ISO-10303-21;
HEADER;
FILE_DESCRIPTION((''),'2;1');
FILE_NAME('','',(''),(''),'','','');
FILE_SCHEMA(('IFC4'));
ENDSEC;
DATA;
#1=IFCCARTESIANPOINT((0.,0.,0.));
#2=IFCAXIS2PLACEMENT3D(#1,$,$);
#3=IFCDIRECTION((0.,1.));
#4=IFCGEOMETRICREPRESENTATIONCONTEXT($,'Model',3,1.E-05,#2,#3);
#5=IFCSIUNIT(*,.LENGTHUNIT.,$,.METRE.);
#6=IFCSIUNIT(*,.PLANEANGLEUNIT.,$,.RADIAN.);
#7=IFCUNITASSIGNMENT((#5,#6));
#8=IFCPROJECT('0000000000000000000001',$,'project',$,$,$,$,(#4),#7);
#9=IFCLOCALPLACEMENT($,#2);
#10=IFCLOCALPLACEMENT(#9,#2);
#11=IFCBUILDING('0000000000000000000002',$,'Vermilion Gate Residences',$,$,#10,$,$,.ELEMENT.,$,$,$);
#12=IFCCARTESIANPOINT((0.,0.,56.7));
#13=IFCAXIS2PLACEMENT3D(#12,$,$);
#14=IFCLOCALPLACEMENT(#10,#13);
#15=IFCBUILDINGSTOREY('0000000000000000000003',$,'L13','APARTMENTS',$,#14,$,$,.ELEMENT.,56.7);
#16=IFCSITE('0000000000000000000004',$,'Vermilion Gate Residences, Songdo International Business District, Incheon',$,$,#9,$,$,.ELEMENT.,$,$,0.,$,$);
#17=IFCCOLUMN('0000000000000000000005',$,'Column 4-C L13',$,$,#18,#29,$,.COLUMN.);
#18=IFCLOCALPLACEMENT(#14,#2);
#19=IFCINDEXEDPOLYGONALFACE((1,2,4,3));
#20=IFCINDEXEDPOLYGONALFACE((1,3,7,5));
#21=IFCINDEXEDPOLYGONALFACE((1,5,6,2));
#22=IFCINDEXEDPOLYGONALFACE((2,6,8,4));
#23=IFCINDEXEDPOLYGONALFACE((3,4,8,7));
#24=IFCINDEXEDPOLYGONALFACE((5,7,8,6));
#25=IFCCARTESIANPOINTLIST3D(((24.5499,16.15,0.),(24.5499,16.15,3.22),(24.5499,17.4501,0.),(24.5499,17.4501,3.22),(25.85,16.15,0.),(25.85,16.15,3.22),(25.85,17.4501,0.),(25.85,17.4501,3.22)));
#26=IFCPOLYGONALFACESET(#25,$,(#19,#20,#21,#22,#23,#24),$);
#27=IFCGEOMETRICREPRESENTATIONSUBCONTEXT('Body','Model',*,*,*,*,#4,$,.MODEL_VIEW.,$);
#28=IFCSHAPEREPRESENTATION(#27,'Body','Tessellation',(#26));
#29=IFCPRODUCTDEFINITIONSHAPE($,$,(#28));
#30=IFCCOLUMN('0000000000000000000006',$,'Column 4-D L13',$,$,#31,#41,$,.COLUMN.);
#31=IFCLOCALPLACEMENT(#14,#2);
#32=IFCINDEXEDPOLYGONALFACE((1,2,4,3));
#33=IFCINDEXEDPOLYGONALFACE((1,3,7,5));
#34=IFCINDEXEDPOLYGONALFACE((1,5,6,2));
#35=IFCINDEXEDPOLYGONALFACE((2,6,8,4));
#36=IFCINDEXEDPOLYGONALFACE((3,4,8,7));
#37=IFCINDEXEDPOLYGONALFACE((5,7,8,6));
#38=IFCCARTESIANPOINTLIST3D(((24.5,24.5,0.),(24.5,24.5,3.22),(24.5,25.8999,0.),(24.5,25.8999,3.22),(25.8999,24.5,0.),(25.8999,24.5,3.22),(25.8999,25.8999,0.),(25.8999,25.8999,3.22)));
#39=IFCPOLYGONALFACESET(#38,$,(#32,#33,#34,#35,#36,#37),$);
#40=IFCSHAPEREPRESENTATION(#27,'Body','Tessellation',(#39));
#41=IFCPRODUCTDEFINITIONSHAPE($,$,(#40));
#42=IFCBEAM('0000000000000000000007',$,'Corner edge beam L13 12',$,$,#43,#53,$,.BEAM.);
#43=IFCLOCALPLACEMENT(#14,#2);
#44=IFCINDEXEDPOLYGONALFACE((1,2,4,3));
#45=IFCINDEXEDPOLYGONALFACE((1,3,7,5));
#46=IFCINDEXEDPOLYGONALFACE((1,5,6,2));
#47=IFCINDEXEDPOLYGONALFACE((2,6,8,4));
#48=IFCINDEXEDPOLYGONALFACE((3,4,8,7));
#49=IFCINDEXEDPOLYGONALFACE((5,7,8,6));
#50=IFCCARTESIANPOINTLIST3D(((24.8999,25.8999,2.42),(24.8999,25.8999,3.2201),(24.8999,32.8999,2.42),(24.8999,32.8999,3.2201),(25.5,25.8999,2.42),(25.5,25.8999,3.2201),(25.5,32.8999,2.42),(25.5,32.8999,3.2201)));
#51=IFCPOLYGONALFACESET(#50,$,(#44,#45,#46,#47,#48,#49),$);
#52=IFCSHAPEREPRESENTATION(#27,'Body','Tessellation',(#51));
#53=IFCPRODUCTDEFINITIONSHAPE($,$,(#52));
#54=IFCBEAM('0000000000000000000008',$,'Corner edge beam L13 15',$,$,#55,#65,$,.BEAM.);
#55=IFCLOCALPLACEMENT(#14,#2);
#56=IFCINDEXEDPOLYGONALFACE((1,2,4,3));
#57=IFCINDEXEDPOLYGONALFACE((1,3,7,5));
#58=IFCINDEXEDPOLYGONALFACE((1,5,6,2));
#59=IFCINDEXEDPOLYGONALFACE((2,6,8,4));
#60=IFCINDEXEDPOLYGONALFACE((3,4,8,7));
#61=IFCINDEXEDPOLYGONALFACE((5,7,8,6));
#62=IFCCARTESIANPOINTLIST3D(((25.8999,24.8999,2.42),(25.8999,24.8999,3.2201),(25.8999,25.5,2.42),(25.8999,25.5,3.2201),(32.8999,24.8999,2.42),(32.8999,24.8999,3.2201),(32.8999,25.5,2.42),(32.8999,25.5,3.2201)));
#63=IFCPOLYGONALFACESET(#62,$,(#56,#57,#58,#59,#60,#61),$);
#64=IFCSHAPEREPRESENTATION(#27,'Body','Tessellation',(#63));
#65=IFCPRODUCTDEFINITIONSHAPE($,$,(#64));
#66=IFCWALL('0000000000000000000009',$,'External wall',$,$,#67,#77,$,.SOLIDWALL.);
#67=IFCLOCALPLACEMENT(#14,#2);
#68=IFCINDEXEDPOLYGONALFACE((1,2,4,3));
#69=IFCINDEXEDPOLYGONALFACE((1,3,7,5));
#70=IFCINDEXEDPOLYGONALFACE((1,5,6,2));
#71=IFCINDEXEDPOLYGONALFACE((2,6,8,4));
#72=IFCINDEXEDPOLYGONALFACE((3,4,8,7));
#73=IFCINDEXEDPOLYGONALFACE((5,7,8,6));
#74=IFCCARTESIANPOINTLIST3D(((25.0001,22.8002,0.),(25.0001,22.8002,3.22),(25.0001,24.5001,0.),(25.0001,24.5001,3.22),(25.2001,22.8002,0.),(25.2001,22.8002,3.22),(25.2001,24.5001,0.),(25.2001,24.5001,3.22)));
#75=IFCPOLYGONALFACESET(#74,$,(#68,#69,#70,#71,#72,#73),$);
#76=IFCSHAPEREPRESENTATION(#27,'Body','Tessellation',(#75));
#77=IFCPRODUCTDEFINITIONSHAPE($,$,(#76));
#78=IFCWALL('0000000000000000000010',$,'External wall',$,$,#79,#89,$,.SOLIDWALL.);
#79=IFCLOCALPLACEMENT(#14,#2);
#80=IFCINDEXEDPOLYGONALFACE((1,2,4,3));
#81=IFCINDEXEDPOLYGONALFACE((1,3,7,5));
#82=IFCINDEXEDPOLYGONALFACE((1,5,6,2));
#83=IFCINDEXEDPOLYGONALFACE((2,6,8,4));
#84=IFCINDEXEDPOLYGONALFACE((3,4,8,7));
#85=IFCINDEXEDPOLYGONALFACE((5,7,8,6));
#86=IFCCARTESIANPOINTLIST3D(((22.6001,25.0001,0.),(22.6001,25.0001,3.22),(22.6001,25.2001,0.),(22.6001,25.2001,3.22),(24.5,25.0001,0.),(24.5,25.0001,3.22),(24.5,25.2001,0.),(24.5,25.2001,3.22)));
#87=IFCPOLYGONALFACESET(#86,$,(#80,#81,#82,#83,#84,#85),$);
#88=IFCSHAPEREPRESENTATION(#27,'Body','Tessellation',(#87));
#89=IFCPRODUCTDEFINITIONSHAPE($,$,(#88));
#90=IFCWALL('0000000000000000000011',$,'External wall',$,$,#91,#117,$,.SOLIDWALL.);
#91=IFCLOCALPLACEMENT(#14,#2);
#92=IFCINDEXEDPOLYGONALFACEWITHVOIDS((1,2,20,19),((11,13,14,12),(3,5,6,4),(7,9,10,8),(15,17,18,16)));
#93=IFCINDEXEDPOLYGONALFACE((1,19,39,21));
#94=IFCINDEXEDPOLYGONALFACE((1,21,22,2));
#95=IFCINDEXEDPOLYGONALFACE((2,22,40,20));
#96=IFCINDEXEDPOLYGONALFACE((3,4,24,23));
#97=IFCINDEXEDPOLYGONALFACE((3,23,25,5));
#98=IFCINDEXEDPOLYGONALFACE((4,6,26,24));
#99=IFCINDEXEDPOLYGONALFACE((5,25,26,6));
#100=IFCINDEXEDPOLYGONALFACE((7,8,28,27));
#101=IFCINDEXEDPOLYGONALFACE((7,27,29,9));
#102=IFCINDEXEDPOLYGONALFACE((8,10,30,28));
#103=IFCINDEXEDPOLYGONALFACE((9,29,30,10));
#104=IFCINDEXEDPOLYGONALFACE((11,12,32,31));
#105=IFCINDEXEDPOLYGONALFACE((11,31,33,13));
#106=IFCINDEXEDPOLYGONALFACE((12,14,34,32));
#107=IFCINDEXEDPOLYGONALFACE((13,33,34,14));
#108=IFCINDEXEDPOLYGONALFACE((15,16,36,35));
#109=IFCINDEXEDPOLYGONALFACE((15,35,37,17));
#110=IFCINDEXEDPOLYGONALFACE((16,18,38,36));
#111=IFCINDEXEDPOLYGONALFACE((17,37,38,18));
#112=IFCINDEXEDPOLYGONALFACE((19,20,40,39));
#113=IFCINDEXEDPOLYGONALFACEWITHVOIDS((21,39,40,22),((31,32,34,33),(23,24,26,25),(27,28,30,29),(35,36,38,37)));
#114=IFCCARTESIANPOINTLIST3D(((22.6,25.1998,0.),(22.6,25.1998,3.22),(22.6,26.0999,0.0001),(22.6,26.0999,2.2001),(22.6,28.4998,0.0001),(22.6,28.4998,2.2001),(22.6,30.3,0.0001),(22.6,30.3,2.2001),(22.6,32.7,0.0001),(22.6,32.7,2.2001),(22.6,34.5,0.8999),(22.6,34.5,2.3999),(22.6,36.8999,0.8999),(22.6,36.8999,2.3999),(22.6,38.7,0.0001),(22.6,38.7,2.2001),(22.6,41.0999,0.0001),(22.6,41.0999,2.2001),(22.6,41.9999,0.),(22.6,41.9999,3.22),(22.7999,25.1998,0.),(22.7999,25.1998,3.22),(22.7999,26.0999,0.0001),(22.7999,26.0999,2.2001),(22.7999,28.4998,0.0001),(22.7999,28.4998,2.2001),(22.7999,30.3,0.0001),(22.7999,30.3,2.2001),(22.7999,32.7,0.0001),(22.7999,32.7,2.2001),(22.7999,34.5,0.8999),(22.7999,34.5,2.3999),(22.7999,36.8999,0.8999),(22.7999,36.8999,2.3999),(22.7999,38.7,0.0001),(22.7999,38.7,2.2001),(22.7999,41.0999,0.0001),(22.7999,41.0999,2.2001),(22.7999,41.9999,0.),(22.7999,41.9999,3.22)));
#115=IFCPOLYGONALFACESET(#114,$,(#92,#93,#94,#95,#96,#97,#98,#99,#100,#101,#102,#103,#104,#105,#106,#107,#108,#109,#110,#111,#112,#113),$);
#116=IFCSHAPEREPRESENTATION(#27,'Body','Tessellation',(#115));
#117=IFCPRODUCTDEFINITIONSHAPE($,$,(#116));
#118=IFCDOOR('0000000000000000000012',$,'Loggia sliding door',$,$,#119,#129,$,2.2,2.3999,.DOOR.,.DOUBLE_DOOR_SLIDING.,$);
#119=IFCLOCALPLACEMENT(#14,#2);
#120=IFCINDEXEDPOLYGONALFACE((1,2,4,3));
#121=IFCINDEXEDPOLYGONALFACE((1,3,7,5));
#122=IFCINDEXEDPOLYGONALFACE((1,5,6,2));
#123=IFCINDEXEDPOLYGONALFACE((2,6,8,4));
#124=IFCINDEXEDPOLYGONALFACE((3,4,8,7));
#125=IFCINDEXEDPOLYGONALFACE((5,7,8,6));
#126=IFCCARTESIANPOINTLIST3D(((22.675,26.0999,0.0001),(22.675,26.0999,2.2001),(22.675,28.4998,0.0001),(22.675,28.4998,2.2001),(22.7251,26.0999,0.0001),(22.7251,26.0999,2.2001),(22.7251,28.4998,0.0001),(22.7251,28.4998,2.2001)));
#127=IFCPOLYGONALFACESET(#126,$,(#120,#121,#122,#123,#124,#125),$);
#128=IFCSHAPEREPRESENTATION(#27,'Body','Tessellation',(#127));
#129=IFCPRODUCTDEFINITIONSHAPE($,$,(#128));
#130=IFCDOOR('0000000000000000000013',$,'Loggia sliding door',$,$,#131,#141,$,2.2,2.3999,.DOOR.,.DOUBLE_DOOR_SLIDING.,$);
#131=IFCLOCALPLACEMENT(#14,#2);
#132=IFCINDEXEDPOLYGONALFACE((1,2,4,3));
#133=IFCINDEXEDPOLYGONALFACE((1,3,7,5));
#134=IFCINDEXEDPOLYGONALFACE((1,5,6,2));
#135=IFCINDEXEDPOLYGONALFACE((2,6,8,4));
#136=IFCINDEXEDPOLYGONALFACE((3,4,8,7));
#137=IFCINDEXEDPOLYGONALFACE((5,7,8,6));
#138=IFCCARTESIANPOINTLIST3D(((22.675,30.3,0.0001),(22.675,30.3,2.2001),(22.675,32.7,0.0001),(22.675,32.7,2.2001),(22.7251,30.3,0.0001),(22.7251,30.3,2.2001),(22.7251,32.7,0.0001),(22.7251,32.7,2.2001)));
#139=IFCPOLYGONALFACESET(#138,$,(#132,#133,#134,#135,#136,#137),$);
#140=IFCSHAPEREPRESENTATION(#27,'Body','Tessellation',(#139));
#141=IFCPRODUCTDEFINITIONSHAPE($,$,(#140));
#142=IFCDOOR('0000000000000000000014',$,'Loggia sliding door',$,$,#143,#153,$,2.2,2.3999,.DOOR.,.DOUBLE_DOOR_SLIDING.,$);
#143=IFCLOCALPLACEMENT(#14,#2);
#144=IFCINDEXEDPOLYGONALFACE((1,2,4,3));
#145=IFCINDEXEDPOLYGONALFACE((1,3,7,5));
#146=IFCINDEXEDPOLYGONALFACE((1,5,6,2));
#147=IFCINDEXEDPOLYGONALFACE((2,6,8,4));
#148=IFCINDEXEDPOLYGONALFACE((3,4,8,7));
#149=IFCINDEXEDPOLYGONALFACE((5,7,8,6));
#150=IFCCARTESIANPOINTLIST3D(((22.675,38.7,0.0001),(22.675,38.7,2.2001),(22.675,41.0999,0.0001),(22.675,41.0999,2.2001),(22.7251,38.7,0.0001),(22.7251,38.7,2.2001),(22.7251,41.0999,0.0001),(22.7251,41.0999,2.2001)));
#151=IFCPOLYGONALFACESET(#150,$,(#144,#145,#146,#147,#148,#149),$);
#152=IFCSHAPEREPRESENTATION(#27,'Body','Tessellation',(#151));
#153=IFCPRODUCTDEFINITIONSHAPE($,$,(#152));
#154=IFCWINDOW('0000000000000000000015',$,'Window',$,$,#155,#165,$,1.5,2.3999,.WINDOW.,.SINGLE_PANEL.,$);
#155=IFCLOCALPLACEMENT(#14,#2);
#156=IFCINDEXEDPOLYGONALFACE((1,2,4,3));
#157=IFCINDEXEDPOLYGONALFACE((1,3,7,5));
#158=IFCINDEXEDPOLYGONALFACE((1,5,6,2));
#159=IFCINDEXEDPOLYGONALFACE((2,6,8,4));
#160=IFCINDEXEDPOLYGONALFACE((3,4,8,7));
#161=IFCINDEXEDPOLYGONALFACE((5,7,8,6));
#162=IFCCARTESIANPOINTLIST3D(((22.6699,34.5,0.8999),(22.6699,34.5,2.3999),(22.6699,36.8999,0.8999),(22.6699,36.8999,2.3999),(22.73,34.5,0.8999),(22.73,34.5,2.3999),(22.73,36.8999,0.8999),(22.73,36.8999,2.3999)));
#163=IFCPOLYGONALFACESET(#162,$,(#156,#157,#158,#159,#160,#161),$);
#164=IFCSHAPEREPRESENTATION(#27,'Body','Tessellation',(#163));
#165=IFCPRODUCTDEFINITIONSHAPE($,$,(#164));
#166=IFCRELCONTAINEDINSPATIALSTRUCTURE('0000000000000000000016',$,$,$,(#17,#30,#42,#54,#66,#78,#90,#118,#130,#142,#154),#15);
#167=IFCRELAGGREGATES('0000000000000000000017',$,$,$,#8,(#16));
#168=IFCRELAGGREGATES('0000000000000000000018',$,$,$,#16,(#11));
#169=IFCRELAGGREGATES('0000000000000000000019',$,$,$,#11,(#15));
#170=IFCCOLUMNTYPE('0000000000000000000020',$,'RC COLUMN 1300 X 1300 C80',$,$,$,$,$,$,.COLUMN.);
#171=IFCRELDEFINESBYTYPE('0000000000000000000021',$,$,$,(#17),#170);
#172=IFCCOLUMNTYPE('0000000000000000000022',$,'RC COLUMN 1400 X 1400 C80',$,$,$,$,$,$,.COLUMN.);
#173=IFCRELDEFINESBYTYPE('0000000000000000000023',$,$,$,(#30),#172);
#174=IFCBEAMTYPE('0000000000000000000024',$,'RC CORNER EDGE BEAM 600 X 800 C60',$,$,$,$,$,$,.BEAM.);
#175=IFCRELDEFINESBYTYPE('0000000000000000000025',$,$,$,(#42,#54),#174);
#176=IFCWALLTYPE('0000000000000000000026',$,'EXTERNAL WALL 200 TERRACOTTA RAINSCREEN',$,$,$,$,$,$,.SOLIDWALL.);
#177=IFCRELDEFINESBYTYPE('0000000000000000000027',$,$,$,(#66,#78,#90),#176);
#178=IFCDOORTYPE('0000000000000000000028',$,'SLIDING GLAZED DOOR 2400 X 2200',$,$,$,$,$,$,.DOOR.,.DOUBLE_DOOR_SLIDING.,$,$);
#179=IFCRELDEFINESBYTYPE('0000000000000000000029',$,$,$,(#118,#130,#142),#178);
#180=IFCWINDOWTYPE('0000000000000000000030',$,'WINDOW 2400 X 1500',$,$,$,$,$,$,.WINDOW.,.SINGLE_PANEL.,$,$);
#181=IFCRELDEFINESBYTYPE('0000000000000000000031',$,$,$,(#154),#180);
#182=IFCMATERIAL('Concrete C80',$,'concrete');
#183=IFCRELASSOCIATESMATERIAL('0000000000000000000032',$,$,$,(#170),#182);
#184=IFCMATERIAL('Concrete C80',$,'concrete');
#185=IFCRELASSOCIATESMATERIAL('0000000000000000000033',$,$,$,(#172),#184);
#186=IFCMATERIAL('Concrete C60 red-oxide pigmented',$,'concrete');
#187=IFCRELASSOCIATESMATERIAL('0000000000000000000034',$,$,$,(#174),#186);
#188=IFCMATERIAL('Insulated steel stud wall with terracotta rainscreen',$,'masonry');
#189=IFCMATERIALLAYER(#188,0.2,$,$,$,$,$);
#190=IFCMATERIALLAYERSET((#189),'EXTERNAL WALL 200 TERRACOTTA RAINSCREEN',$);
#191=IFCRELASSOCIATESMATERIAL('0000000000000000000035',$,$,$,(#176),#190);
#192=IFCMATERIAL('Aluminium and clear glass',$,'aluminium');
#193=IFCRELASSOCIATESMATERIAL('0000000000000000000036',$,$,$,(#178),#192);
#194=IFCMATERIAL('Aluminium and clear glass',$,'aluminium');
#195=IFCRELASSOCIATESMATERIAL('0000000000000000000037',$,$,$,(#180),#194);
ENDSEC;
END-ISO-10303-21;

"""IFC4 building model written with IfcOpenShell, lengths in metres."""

from ifc_helpers import new_model, si_unit, direction, frame, frame_2d, origin, origin_2d, place, context, subcontext, project, spatial, rectangle, extrude, material, layer, layer_set, material_profile, profile_set, type_object, element, fill, save


model = new_model("IFC4")

# Units and contexts
model_context = context("Model", 3, precision=1e-05, world=origin(), true_north=direction((0.0, 1.0)))
body_context = subcontext(model_context, "Body", "Model", "MODEL_VIEW")
ifc_project = project(units=[si_unit("LENGTHUNIT", "METRE"), si_unit("PLANEANGLEUNIT", "RADIAN")], contexts=[model_context])

# Site, building, storey
site_placement = place(None, origin())
site = spatial("IfcSite", under=ifc_project, at=site_placement, Name="Vermilion Gate Residences, Songdo International Business District, Incheon", CompositionType="ELEMENT", RefElevation=0.0)
building_placement = place(site_placement, origin())
building = spatial("IfcBuilding", under=site, at=building_placement, Name="Vermilion Gate Residences", CompositionType="ELEMENT")
storey_placement = place(building_placement, frame((0.0, 0.0, 56.7)))
storey = spatial("IfcBuildingStorey", under=building, at=storey_placement, Name="L13", Description="APARTMENTS", CompositionType="ELEMENT", Elevation=56.7)

# Columns
ifc_material_1 = material(Name="Concrete C80", Category="concrete")
ifc_material_profile_1 = material_profile(ifc_material_1, rectangle(XDim=1.3, YDim=1.3, at=origin_2d()), Name="RC-1300x1300")
ifc_profile_set_1 = profile_set([ifc_material_profile_1], Name="Concrete C80")
column_type_1 = type_object("IfcColumnType", Name="RC COLUMN 1300 X 1300 C80", PredefinedType="COLUMN", material=ifc_profile_set_1)
column_1_placement = place(storey_placement, frame((25.2, 16.8, 0.0), z_axis=(0.0, 0.0, 1.0), x_axis=(1.0, 0.0, 0.0)))
element("IfcColumn", 1, at=column_1_placement, inside=storey, type_object=column_type_1, Name="Column 4-C L13", PredefinedType="COLUMN", context=body_context, shape_type="SweptSolid", body=[
    extrude(rectangle(XDim=1.3, YDim=1.3, at=origin_2d()), origin(), (0.0, 0.0, 1.0), 3.22),
])
ifc_material_2 = material(Name="Concrete C80", Category="concrete")
ifc_material_profile_2 = material_profile(ifc_material_2, rectangle(XDim=1.3999, YDim=1.3999, at=origin_2d()), Name="RC-1400x1400")
ifc_profile_set_2 = profile_set([ifc_material_profile_2], Name="Concrete C80")
column_type_2 = type_object("IfcColumnType", Name="RC COLUMN 1400 X 1400 C80", PredefinedType="COLUMN", material=ifc_profile_set_2)
column_2_placement = place(storey_placement, frame((25.2, 25.2, 0.0), z_axis=(0.0, 0.0, 1.0), x_axis=(1.0, 0.0, 0.0)))
element("IfcColumn", 2, at=column_2_placement, inside=storey, type_object=column_type_2, Name="Column 4-D L13", PredefinedType="COLUMN", context=body_context, shape_type="SweptSolid", body=[
    extrude(rectangle(XDim=1.3999, YDim=1.3999, at=origin_2d()), origin(), (0.0, 0.0, 1.0), 3.22),
])

# Beams
ifc_material_3 = material(Name="Concrete C60 red-oxide pigmented", Category="concrete")
ifc_material_profile_3 = material_profile(ifc_material_3, rectangle(XDim=0.6001, YDim=0.8, at=origin_2d()), Name="RC-600x800")
ifc_profile_set_3 = profile_set([ifc_material_profile_3], Name="Concrete C60 red-oxide pigmented")
beam_type = type_object("IfcBeamType", Name="RC CORNER EDGE BEAM 600 X 800 C60", PredefinedType="BEAM", material=ifc_profile_set_3)
for number, where, z_axis, x_axis, name in (
    (3, (25.2, 25.8999, 2.8201), (0.0, 1.0, 0.0), (-1.0, 0.0, 0.0), "Corner edge beam L13 12"),
    (4, (25.8999, 25.2, 2.8201), (1.0, 0.0, 0.0), (0.0, 1.0, 0.0), "Corner edge beam L13 15"),
):
    element("IfcBeam", number, at=place(storey_placement, frame(where, z_axis=z_axis, x_axis=x_axis)), inside=storey, type_object=beam_type, Name=name, PredefinedType="BEAM", context=body_context, shape_type="SweptSolid", body=[
        extrude(rectangle(XDim=0.6001, YDim=0.8, at=origin_2d()), origin(), (0.0, 0.0, 1.0), 7.0),
    ])

# Walls
ifc_material_4 = material(Name="Insulated steel stud wall with terracotta rainscreen", Category="masonry")
ifc_layer_1 = layer(ifc_material_4, 0.2)
ifc_layer_set_1 = layer_set([ifc_layer_1], Name="EXTERNAL WALL 200 TERRACOTTA RAINSCREEN")
wall_type_1 = type_object("IfcWallType", Name="EXTERNAL WALL 200 TERRACOTTA RAINSCREEN", PredefinedType="SOLIDWALL", material=ifc_layer_set_1)
wall_1_placement = place(storey_placement, frame((25.1001, 22.8, 0.0), z_axis=(0.0, 0.0, 1.0), x_axis=(0.0, 1.0, 0.0)))
element("IfcWall", 5, at=wall_1_placement, inside=storey, type_object=wall_type_1, Name="External wall", PredefinedType="SOLIDWALL", context=body_context, shape_type="SweptSolid", body=[
    extrude(rectangle(XDim=1.7, YDim=0.2, at=frame_2d((0.8501, 0.0))), origin(), (0.0, 0.0, 1.0), 3.22),
])
wall_2_placement = place(storey_placement, frame((24.5, 25.1001, 0.0), z_axis=(0.0, 0.0, 1.0), x_axis=(-1.0, 0.0, 0.0)))
element("IfcWall", 6, at=wall_2_placement, inside=storey, type_object=wall_type_1, Name="External wall", PredefinedType="SOLIDWALL", context=body_context, shape_type="SweptSolid", body=[
    extrude(rectangle(XDim=1.8999, YDim=0.2, at=frame_2d((0.95, 0.0))), origin(), (0.0, 0.0, 1.0), 3.22),
])

# Wall, openings, doors, window
wall_3_placement = place(storey_placement, frame((22.7, 25.2, 0.0), z_axis=(0.0, 0.0, 1.0), x_axis=(0.0, 1.0, 0.0)))
wall_3 = element("IfcWall", 7, at=wall_3_placement, inside=storey, type_object=wall_type_1, Name="External wall", PredefinedType="SOLIDWALL", context=body_context, shape_type="SweptSolid", body=[
    extrude(rectangle(XDim=16.8, YDim=0.2, at=frame_2d((8.3999, 0.0))), origin(), (0.0, 0.0, 1.0), 3.22),
])
opening_1_placement = place(wall_3_placement, frame((0.8999, 0.0, 0.0)))
opening_1 = element("IfcOpeningElement", 8, at=opening_1_placement, cuts=wall_3, PredefinedType="OPENING", context=body_context, shape_type="SweptSolid", body=[
    extrude(rectangle(XDim=2.3999, YDim=2.2, at=frame_2d((1.2, 1.1001))), frame((0.0, 0.1099, 0.0), z_axis=(0.0, -1.0, 0.0), x_axis=(1.0, 0.0, 0.0)), (0.0, 0.0, 1.0), 0.22),
])
opening_2_placement = place(wall_3_placement, frame((5.1001, 0.0, 0.0)))
opening_2 = element("IfcOpeningElement", 9, at=opening_2_placement, cuts=wall_3, PredefinedType="OPENING", context=body_context, shape_type="SweptSolid", body=[
    extrude(rectangle(XDim=2.3999, YDim=2.2, at=frame_2d((1.2, 1.1001))), frame((0.0, 0.1099, 0.0), z_axis=(0.0, -1.0, 0.0), x_axis=(1.0, 0.0, 0.0)), (0.0, 0.0, 1.0), 0.22),
])
opening_3_placement = place(wall_3_placement, frame((9.3, 0.0, 0.8999)))
opening_3 = element("IfcOpeningElement", 10, at=opening_3_placement, cuts=wall_3, PredefinedType="OPENING", context=body_context, shape_type="SweptSolid", body=[
    extrude(rectangle(XDim=2.3999, YDim=1.5, at=frame_2d((1.2, 0.75))), frame((0.0, 0.1099, 0.0), z_axis=(0.0, -1.0, 0.0), x_axis=(1.0, 0.0, 0.0)), (0.0, 0.0, 1.0), 0.22),
])
opening_4_placement = place(wall_3_placement, frame((13.5, 0.0, 0.0)))
opening_4 = element("IfcOpeningElement", 11, at=opening_4_placement, cuts=wall_3, PredefinedType="OPENING", context=body_context, shape_type="SweptSolid", body=[
    extrude(rectangle(XDim=2.3999, YDim=2.2, at=frame_2d((1.2, 1.1001))), frame((0.0, 0.1099, 0.0), z_axis=(0.0, -1.0, 0.0), x_axis=(1.0, 0.0, 0.0)), (0.0, 0.0, 1.0), 0.22),
])
ifc_material_5 = material(Name="Aluminium and clear glass", Category="aluminium")
door_type_1 = type_object("IfcDoorType", Name="SLIDING GLAZED DOOR 2400 X 2200", OperationType="DOUBLE_DOOR_SLIDING", PredefinedType="DOOR", material=ifc_material_5)
door_1_placement = place(opening_1_placement, origin())
door_1 = element("IfcDoor", 12, at=door_1_placement, inside=storey, type_object=door_type_1, Name="Loggia sliding door", OperationType="DOUBLE_DOOR_SLIDING", OverallHeight=2.2, OverallWidth=2.3999, PredefinedType="DOOR", context=body_context, shape_type="SweptSolid", body=[
    extrude(rectangle(XDim=2.3999, YDim=2.2, at=frame_2d((1.2, 1.1001))), frame((0.0, 0.0249, 0.0), z_axis=(0.0, -1.0, 0.0), x_axis=(1.0, 0.0, 0.0)), (0.0, 0.0, 1.0), 0.05),
])
fill(opening_1, door_1)
door_2_placement = place(opening_2_placement, origin())
door_2 = element("IfcDoor", 13, at=door_2_placement, inside=storey, type_object=door_type_1, Name="Loggia sliding door", OperationType="DOUBLE_DOOR_SLIDING", OverallHeight=2.2, OverallWidth=2.3999, PredefinedType="DOOR", context=body_context, shape_type="SweptSolid", body=[
    extrude(rectangle(XDim=2.3999, YDim=2.2, at=frame_2d((1.2, 1.1001))), frame((0.0, 0.0249, 0.0), z_axis=(0.0, -1.0, 0.0), x_axis=(1.0, 0.0, 0.0)), (0.0, 0.0, 1.0), 0.05),
])
fill(opening_2, door_2)
door_3_placement = place(opening_4_placement, origin())
door_3 = element("IfcDoor", 14, at=door_3_placement, inside=storey, type_object=door_type_1, Name="Loggia sliding door", OperationType="DOUBLE_DOOR_SLIDING", OverallHeight=2.2, OverallWidth=2.3999, PredefinedType="DOOR", context=body_context, shape_type="SweptSolid", body=[
    extrude(rectangle(XDim=2.3999, YDim=2.2, at=frame_2d((1.2, 1.1001))), frame((0.0, 0.0249, 0.0), z_axis=(0.0, -1.0, 0.0), x_axis=(1.0, 0.0, 0.0)), (0.0, 0.0, 1.0), 0.05),
])
fill(opening_4, door_3)
ifc_material_6 = material(Name="Aluminium and clear glass", Category="aluminium")
window_type = type_object("IfcWindowType", Name="WINDOW 2400 X 1500", PartitioningType="SINGLE_PANEL", PredefinedType="WINDOW", material=ifc_material_6)
window_placement = place(opening_3_placement, origin())
window = element("IfcWindow", 15, at=window_placement, inside=storey, type_object=window_type, Name="Window", OverallHeight=1.5, OverallWidth=2.3999, PartitioningType="SINGLE_PANEL", PredefinedType="WINDOW", context=body_context, shape_type="SweptSolid", body=[
    extrude(rectangle(XDim=2.3999, YDim=1.5, at=frame_2d((1.2, 0.75))), frame((0.0, 0.03, 0.0), z_axis=(0.0, -1.0, 0.0), x_axis=(1.0, 0.0, 0.0)), (0.0, 0.0, 1.0), 0.0601),
])
fill(opening_3, window)

save(model, "model.ifc")
